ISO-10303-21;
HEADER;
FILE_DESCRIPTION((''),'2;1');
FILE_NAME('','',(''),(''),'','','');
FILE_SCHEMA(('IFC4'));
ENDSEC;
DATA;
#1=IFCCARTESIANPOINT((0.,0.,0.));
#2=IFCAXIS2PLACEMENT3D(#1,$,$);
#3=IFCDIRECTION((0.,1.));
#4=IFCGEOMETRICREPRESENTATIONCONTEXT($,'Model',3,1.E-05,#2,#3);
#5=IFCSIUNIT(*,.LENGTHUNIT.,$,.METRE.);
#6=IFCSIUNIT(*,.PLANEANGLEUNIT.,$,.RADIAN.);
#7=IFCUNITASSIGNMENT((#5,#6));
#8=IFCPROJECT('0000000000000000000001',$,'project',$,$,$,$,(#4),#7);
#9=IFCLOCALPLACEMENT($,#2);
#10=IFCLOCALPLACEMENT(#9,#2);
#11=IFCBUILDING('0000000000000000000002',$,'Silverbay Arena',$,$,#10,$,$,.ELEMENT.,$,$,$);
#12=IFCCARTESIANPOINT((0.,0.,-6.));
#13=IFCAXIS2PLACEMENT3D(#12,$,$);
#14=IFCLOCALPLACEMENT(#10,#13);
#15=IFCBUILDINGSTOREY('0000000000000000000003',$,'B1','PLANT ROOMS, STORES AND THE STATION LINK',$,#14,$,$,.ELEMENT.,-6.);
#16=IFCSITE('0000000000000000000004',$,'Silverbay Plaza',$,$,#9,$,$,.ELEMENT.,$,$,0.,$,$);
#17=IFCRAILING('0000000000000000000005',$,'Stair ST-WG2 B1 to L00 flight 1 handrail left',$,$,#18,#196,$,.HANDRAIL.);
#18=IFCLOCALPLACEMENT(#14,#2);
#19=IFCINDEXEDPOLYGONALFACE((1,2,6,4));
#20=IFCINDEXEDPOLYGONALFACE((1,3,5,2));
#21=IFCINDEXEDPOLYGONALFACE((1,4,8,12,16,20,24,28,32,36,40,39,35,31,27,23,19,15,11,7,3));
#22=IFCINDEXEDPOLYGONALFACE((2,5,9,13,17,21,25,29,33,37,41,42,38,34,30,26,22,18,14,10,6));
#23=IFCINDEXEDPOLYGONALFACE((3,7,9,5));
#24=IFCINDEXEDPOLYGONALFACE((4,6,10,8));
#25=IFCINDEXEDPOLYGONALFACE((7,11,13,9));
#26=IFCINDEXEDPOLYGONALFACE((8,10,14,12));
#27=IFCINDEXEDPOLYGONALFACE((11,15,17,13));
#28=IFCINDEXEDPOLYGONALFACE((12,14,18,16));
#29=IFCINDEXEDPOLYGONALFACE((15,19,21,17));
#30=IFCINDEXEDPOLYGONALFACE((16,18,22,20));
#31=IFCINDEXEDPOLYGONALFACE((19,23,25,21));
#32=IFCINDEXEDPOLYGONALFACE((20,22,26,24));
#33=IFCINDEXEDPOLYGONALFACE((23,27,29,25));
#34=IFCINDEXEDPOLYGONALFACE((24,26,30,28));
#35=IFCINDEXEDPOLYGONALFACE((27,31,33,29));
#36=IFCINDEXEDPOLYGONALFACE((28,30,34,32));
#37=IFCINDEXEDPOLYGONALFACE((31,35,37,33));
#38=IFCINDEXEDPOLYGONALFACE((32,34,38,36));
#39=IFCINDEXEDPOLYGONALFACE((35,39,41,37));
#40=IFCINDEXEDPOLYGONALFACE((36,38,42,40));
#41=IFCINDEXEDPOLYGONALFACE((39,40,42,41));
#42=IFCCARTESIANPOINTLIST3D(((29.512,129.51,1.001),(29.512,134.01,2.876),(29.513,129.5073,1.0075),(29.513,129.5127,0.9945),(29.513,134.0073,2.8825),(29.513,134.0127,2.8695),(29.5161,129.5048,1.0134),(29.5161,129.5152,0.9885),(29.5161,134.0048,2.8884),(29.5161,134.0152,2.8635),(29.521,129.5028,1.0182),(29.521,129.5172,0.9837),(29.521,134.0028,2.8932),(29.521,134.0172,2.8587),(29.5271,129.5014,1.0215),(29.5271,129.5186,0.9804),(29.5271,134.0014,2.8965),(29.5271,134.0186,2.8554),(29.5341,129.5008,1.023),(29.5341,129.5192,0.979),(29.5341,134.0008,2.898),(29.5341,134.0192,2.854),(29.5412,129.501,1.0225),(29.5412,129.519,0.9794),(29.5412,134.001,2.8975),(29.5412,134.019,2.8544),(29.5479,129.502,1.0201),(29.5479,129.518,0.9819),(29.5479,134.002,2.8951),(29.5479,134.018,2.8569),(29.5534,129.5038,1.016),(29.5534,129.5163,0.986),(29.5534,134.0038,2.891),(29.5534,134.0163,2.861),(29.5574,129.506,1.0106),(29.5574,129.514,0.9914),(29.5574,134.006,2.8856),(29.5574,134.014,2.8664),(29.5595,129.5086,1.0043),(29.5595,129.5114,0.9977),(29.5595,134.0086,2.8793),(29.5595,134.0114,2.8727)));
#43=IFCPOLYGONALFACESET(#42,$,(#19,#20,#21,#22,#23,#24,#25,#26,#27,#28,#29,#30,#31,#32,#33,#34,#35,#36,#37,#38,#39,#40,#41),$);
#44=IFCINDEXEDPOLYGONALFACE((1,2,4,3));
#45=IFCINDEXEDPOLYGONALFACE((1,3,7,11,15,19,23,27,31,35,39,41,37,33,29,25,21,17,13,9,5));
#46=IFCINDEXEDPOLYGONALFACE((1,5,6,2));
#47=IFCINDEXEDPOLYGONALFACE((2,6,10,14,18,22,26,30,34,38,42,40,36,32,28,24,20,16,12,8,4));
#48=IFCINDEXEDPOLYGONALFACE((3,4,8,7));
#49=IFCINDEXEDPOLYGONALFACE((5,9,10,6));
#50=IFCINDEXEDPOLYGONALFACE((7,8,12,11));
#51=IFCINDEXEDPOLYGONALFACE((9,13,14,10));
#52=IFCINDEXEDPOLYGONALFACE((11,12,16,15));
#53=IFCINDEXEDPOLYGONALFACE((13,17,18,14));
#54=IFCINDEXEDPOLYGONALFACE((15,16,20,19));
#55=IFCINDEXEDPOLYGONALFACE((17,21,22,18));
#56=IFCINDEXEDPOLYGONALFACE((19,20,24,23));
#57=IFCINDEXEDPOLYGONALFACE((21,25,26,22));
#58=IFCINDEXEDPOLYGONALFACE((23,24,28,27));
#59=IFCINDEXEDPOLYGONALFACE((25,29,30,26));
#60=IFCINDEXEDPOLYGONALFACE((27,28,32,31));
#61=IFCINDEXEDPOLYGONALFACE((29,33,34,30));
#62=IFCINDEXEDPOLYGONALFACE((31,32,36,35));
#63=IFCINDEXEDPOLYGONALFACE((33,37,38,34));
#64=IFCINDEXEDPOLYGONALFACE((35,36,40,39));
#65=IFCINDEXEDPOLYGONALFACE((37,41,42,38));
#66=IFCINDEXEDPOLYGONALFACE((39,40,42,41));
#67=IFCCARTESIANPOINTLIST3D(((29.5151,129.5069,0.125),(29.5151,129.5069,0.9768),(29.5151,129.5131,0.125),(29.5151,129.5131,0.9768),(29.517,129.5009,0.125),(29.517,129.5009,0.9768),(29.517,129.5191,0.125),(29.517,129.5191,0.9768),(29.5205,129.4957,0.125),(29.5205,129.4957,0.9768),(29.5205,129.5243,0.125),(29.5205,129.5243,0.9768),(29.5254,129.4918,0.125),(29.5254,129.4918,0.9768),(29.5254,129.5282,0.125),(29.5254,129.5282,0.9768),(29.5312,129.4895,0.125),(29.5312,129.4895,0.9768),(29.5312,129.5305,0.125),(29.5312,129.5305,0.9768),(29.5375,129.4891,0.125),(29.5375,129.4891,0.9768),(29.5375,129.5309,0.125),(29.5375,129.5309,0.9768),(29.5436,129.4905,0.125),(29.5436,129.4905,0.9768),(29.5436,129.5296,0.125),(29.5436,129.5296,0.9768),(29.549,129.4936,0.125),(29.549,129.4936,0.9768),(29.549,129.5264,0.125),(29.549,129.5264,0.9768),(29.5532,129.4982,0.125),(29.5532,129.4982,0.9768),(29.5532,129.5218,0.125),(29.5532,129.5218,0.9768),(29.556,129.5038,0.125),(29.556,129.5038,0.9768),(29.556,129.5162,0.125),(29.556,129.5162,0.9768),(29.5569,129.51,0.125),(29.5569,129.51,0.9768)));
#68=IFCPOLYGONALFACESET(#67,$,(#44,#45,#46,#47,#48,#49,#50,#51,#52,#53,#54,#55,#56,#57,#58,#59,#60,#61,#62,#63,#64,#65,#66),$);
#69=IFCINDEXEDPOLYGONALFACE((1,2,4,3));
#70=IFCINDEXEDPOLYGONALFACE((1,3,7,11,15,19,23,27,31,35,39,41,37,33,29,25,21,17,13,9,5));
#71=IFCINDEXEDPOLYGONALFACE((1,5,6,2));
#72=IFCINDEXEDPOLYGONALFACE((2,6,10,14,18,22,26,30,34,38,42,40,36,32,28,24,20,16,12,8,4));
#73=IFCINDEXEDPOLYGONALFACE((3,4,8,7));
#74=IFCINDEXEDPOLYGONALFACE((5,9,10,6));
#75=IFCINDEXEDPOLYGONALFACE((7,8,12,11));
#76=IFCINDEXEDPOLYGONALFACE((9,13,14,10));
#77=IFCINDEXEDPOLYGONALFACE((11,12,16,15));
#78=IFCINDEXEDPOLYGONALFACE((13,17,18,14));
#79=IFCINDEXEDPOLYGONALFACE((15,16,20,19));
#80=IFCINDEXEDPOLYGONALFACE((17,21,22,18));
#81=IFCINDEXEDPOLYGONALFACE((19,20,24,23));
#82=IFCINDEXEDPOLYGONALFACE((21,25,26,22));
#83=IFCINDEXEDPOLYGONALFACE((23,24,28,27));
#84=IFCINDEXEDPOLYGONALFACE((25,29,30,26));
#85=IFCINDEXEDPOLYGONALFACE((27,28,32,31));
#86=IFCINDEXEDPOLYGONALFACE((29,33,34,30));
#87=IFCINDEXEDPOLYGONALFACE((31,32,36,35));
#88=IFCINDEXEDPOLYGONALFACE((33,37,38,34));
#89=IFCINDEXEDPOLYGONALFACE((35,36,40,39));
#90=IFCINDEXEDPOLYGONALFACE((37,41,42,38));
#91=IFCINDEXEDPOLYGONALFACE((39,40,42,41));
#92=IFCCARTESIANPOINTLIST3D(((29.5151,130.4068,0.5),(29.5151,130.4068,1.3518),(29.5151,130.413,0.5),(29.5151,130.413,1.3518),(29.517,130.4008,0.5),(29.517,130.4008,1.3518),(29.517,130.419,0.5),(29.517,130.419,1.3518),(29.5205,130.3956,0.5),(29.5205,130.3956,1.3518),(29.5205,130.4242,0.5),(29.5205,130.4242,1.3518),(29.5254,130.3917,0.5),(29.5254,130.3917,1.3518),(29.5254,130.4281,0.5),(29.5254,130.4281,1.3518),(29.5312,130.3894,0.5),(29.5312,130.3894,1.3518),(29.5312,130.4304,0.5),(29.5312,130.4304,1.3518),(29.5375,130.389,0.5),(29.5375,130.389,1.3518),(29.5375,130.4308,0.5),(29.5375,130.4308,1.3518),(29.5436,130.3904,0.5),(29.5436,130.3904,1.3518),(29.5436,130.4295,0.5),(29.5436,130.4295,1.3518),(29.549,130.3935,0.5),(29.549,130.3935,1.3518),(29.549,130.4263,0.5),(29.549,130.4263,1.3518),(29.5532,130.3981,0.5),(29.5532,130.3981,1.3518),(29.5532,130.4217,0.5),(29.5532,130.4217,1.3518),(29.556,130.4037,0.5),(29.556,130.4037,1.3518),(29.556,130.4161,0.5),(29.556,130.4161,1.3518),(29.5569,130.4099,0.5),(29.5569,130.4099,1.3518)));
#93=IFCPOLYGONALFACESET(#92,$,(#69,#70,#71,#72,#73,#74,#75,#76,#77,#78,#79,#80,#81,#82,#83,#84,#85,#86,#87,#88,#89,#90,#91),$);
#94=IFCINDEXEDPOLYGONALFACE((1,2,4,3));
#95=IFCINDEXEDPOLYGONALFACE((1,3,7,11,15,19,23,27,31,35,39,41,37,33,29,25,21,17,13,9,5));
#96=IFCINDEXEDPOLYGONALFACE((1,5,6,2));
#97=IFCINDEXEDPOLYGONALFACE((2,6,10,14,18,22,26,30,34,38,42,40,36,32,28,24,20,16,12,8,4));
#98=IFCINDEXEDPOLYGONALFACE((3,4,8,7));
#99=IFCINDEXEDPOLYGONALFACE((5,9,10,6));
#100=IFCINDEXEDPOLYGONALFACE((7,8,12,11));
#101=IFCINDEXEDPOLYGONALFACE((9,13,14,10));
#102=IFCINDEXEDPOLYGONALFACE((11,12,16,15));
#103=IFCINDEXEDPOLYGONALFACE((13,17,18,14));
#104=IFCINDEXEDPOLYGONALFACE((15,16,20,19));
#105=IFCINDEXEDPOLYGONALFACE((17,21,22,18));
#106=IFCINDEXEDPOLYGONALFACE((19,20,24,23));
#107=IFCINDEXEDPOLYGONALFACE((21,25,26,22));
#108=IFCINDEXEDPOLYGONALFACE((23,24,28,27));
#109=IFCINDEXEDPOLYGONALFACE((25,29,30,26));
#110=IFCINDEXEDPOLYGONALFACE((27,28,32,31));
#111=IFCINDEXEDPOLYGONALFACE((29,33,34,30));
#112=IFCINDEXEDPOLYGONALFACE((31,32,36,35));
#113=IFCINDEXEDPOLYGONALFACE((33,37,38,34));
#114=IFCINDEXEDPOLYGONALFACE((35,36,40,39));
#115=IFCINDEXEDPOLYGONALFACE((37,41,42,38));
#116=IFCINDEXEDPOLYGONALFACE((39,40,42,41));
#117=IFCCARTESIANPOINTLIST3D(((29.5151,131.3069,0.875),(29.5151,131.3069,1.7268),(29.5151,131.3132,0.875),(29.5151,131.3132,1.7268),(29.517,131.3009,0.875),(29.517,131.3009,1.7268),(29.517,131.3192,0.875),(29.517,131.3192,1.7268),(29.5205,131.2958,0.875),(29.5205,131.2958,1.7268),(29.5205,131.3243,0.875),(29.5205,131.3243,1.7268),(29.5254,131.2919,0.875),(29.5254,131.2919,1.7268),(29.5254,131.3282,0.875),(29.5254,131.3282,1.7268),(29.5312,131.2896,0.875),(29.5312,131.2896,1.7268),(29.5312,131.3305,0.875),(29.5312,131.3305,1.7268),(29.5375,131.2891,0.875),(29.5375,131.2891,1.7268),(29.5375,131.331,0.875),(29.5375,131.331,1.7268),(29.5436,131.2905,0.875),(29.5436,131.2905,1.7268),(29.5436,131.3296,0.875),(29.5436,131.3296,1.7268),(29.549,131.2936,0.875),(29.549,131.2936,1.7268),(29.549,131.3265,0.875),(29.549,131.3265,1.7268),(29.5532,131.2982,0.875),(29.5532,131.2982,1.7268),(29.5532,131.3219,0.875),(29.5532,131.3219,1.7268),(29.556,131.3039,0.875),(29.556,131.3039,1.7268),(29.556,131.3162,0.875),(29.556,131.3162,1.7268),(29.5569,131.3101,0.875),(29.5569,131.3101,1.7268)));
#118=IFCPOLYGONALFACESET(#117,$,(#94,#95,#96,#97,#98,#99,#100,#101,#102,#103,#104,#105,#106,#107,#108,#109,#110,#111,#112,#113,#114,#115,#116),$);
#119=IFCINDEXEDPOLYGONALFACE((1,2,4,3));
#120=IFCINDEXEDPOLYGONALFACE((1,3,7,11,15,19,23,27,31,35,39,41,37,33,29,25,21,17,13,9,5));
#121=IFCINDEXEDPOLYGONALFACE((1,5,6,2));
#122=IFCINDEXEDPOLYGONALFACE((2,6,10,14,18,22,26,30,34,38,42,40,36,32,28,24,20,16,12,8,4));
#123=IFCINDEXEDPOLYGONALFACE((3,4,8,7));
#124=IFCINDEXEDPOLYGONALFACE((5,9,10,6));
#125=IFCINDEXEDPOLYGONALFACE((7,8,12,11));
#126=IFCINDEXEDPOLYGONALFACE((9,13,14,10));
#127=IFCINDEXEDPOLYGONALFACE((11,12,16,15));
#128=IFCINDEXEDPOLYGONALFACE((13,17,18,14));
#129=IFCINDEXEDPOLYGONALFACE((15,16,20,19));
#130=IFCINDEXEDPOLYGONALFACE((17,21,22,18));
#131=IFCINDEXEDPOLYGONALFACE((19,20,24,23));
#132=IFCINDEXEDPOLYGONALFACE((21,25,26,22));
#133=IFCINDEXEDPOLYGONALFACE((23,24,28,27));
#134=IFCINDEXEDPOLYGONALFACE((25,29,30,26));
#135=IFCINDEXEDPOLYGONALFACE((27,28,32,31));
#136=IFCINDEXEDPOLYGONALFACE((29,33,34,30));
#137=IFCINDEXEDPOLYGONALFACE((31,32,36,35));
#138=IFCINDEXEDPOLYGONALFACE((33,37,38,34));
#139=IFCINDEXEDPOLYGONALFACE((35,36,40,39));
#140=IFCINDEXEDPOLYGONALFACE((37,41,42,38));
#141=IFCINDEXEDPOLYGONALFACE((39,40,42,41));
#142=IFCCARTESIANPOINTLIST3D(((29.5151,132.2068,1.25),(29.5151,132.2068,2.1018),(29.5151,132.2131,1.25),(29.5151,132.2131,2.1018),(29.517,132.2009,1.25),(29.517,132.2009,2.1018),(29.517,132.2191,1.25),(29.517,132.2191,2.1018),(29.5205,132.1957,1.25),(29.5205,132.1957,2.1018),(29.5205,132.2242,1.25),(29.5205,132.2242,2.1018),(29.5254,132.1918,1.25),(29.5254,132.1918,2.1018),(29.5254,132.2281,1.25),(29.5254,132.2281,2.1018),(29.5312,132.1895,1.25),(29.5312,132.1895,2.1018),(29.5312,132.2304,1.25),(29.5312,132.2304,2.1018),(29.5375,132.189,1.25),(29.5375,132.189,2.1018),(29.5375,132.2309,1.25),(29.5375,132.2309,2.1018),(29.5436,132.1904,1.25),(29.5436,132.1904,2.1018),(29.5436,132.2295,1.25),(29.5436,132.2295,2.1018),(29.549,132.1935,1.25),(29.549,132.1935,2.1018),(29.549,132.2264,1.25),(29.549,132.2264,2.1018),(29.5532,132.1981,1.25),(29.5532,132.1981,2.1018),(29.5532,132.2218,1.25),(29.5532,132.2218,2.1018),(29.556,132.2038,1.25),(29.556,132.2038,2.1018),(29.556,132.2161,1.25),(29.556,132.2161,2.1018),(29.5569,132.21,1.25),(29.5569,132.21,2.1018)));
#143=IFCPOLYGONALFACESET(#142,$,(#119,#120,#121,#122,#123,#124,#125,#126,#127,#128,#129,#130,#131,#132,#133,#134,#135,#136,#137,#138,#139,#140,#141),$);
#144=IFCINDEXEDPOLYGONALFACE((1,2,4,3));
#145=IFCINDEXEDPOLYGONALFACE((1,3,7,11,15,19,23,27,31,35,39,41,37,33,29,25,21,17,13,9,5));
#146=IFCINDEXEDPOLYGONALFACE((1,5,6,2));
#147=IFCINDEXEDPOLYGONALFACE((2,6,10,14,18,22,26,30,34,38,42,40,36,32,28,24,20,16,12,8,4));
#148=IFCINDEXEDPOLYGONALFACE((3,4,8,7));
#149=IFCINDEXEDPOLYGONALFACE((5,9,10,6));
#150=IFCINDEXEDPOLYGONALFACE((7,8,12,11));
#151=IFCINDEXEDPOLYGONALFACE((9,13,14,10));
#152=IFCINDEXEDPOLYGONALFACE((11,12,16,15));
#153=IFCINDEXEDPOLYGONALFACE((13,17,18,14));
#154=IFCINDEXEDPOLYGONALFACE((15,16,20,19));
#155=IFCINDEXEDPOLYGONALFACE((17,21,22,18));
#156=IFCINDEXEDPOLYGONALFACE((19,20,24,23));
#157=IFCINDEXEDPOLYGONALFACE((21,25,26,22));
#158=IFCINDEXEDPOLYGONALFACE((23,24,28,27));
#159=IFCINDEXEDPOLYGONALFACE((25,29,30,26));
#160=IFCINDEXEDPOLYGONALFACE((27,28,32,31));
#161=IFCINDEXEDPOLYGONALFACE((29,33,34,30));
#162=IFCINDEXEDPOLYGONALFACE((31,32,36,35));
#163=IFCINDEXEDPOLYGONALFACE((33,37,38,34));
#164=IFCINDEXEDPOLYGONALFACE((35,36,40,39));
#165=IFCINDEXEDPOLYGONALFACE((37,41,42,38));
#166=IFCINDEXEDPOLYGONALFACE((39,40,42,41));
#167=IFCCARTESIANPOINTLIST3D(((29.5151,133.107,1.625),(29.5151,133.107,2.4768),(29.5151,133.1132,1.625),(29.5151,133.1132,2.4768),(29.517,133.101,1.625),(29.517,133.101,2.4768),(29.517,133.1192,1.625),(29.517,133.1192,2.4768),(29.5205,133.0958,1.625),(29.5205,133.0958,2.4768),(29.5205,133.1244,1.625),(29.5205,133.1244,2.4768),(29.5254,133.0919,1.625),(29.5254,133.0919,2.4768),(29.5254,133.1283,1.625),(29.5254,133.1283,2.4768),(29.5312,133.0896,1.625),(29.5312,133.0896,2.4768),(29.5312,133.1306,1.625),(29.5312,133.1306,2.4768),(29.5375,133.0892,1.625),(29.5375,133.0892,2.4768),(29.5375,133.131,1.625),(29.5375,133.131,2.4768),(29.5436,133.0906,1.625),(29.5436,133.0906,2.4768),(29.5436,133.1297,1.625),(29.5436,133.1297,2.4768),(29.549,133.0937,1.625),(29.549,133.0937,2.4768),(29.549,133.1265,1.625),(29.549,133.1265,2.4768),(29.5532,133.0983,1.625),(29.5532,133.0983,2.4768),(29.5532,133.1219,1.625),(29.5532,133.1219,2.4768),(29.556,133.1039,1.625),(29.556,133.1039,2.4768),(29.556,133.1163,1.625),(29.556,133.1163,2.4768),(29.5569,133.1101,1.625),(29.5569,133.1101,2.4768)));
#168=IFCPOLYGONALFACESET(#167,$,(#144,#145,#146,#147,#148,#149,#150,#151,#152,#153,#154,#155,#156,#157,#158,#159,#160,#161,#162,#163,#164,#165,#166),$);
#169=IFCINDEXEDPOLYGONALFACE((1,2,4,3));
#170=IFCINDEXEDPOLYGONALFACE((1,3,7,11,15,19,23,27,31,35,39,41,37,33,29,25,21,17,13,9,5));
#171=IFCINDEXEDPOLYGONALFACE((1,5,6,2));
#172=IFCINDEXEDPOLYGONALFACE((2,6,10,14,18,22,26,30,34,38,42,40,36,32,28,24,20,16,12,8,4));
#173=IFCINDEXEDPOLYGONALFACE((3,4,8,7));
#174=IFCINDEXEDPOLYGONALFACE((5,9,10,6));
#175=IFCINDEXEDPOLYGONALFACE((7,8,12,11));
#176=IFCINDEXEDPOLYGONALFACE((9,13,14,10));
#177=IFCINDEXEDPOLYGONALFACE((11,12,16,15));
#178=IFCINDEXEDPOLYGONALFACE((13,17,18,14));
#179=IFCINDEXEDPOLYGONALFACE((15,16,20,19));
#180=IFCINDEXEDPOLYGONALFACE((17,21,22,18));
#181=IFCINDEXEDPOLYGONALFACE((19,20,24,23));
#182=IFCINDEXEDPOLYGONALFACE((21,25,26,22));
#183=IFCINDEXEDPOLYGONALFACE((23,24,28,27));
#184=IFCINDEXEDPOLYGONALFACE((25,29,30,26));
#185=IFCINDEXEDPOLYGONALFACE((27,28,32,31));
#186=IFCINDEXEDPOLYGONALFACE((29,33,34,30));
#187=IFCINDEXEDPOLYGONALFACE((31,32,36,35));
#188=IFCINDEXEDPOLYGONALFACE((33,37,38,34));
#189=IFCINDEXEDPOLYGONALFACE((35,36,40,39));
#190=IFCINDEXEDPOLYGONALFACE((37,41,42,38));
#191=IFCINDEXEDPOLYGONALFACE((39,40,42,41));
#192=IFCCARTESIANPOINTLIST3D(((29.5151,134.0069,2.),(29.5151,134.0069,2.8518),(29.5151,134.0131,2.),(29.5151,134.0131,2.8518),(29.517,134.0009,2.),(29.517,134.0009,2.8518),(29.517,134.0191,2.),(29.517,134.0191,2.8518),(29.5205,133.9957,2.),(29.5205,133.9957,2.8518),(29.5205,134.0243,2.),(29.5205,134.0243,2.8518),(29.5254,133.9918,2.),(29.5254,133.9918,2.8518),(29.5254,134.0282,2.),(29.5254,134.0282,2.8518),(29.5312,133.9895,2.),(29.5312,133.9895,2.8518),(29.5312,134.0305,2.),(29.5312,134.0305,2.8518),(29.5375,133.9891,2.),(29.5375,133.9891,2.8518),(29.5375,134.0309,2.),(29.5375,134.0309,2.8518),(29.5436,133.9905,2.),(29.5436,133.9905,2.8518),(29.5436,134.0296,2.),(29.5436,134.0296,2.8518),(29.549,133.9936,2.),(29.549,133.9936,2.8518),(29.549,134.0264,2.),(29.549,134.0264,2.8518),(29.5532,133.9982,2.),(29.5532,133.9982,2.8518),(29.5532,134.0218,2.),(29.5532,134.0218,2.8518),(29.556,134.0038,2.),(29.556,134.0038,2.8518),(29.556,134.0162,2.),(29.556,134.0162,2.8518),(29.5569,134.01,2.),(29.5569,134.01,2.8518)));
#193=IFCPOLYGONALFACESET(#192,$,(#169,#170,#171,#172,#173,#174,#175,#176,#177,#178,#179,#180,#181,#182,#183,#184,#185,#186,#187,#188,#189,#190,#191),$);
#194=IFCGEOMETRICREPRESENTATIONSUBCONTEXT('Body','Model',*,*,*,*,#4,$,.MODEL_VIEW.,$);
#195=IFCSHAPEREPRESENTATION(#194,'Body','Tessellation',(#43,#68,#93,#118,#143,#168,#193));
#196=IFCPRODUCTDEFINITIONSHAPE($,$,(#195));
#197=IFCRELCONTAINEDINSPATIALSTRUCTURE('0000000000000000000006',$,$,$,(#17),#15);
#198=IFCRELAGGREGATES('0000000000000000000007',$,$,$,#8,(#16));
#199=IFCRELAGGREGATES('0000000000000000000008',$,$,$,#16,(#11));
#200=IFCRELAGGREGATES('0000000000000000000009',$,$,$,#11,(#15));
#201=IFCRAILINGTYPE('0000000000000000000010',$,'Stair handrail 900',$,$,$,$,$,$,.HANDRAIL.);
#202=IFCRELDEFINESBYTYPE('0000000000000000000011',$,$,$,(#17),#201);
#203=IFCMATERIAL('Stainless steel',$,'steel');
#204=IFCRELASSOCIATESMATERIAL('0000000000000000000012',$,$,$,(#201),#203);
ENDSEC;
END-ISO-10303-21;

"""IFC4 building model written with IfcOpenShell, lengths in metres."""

from ifc_helpers import new_model, si_unit, direction, frame, origin, origin_2d, place, context, subcontext, project, spatial, circle, extrude, material, type_object, element, save


model = new_model("IFC4")

# Units and contexts
model_context = context("Model", 3, precision=1e-05, world=origin(), true_north=direction((0.0, 1.0)))
body_context = subcontext(model_context, "Body", "Model", "MODEL_VIEW")
ifc_project = project(units=[si_unit("LENGTHUNIT", "METRE"), si_unit("PLANEANGLEUNIT", "RADIAN")], contexts=[model_context])

# Site, building, storey
site_placement = place(None, origin())
site = spatial("IfcSite", under=ifc_project, at=site_placement, Name="Silverbay Plaza", CompositionType="ELEMENT", RefElevation=0.0)
building_placement = place(site_placement, origin())
building = spatial("IfcBuilding", under=site, at=building_placement, Name="Silverbay Arena", CompositionType="ELEMENT")
storey_placement = place(building_placement, frame((0.0, 0.0, -6.0)))
storey = spatial("IfcBuildingStorey", under=building, at=storey_placement, Name="B1", Description="PLANT ROOMS, STORES AND THE STATION LINK", CompositionType="ELEMENT", Elevation=-6.0)

# Railing
ifc_material_1 = material(Name="Stainless steel", Category="steel")
railing_type_1 = type_object("IfcRailingType", Name="Stair handrail 900", PredefinedType="HANDRAIL", material=ifc_material_1)
for number, where, name in (
    (1, (29.5359, 129.51, 0.125), "Stair ST-WG2 B1 to L00 flight 1 handrail left"),
):
    element("IfcRailing", number, at=place(storey_placement, frame(where)), inside=storey, type_object=railing_type_1, Name=name, PredefinedType="HANDRAIL", context=body_context, shape_type="SweptSolid", body=[
        extrude(circle(Radius=0.0239, at=origin_2d()), frame((0.0, 0.0, 0.876), z_axis=(0.0, 0.923077, 0.384615), x_axis=(-1.0, 0.0, 0.0)), (0.0, 0.0, 1.0), 4.875),
        extrude(circle(Radius=0.021, at=origin_2d()), origin(), (0.0, 0.0, 1.0), 0.8518),
        extrude(circle(Radius=0.021, at=origin_2d()), frame((0.0, 0.8999, 0.375)), (0.0, 0.0, 1.0), 0.8518),
        extrude(circle(Radius=0.021, at=origin_2d()), frame((0.0, 1.8, 0.75)), (0.0, 0.0, 1.0), 0.8518),
        extrude(circle(Radius=0.021, at=origin_2d()), frame((0.0, 2.7, 1.125)), (0.0, 0.0, 1.0), 0.8518),
        extrude(circle(Radius=0.021, at=origin_2d()), frame((0.0, 3.6001, 1.5)), (0.0, 0.0, 1.0), 0.8518),
        extrude(circle(Radius=0.021, at=origin_2d()), frame((0.0, 4.5, 1.875)), (0.0, 0.0, 1.0), 0.8518),
    ])

save(model, "model.ifc")
